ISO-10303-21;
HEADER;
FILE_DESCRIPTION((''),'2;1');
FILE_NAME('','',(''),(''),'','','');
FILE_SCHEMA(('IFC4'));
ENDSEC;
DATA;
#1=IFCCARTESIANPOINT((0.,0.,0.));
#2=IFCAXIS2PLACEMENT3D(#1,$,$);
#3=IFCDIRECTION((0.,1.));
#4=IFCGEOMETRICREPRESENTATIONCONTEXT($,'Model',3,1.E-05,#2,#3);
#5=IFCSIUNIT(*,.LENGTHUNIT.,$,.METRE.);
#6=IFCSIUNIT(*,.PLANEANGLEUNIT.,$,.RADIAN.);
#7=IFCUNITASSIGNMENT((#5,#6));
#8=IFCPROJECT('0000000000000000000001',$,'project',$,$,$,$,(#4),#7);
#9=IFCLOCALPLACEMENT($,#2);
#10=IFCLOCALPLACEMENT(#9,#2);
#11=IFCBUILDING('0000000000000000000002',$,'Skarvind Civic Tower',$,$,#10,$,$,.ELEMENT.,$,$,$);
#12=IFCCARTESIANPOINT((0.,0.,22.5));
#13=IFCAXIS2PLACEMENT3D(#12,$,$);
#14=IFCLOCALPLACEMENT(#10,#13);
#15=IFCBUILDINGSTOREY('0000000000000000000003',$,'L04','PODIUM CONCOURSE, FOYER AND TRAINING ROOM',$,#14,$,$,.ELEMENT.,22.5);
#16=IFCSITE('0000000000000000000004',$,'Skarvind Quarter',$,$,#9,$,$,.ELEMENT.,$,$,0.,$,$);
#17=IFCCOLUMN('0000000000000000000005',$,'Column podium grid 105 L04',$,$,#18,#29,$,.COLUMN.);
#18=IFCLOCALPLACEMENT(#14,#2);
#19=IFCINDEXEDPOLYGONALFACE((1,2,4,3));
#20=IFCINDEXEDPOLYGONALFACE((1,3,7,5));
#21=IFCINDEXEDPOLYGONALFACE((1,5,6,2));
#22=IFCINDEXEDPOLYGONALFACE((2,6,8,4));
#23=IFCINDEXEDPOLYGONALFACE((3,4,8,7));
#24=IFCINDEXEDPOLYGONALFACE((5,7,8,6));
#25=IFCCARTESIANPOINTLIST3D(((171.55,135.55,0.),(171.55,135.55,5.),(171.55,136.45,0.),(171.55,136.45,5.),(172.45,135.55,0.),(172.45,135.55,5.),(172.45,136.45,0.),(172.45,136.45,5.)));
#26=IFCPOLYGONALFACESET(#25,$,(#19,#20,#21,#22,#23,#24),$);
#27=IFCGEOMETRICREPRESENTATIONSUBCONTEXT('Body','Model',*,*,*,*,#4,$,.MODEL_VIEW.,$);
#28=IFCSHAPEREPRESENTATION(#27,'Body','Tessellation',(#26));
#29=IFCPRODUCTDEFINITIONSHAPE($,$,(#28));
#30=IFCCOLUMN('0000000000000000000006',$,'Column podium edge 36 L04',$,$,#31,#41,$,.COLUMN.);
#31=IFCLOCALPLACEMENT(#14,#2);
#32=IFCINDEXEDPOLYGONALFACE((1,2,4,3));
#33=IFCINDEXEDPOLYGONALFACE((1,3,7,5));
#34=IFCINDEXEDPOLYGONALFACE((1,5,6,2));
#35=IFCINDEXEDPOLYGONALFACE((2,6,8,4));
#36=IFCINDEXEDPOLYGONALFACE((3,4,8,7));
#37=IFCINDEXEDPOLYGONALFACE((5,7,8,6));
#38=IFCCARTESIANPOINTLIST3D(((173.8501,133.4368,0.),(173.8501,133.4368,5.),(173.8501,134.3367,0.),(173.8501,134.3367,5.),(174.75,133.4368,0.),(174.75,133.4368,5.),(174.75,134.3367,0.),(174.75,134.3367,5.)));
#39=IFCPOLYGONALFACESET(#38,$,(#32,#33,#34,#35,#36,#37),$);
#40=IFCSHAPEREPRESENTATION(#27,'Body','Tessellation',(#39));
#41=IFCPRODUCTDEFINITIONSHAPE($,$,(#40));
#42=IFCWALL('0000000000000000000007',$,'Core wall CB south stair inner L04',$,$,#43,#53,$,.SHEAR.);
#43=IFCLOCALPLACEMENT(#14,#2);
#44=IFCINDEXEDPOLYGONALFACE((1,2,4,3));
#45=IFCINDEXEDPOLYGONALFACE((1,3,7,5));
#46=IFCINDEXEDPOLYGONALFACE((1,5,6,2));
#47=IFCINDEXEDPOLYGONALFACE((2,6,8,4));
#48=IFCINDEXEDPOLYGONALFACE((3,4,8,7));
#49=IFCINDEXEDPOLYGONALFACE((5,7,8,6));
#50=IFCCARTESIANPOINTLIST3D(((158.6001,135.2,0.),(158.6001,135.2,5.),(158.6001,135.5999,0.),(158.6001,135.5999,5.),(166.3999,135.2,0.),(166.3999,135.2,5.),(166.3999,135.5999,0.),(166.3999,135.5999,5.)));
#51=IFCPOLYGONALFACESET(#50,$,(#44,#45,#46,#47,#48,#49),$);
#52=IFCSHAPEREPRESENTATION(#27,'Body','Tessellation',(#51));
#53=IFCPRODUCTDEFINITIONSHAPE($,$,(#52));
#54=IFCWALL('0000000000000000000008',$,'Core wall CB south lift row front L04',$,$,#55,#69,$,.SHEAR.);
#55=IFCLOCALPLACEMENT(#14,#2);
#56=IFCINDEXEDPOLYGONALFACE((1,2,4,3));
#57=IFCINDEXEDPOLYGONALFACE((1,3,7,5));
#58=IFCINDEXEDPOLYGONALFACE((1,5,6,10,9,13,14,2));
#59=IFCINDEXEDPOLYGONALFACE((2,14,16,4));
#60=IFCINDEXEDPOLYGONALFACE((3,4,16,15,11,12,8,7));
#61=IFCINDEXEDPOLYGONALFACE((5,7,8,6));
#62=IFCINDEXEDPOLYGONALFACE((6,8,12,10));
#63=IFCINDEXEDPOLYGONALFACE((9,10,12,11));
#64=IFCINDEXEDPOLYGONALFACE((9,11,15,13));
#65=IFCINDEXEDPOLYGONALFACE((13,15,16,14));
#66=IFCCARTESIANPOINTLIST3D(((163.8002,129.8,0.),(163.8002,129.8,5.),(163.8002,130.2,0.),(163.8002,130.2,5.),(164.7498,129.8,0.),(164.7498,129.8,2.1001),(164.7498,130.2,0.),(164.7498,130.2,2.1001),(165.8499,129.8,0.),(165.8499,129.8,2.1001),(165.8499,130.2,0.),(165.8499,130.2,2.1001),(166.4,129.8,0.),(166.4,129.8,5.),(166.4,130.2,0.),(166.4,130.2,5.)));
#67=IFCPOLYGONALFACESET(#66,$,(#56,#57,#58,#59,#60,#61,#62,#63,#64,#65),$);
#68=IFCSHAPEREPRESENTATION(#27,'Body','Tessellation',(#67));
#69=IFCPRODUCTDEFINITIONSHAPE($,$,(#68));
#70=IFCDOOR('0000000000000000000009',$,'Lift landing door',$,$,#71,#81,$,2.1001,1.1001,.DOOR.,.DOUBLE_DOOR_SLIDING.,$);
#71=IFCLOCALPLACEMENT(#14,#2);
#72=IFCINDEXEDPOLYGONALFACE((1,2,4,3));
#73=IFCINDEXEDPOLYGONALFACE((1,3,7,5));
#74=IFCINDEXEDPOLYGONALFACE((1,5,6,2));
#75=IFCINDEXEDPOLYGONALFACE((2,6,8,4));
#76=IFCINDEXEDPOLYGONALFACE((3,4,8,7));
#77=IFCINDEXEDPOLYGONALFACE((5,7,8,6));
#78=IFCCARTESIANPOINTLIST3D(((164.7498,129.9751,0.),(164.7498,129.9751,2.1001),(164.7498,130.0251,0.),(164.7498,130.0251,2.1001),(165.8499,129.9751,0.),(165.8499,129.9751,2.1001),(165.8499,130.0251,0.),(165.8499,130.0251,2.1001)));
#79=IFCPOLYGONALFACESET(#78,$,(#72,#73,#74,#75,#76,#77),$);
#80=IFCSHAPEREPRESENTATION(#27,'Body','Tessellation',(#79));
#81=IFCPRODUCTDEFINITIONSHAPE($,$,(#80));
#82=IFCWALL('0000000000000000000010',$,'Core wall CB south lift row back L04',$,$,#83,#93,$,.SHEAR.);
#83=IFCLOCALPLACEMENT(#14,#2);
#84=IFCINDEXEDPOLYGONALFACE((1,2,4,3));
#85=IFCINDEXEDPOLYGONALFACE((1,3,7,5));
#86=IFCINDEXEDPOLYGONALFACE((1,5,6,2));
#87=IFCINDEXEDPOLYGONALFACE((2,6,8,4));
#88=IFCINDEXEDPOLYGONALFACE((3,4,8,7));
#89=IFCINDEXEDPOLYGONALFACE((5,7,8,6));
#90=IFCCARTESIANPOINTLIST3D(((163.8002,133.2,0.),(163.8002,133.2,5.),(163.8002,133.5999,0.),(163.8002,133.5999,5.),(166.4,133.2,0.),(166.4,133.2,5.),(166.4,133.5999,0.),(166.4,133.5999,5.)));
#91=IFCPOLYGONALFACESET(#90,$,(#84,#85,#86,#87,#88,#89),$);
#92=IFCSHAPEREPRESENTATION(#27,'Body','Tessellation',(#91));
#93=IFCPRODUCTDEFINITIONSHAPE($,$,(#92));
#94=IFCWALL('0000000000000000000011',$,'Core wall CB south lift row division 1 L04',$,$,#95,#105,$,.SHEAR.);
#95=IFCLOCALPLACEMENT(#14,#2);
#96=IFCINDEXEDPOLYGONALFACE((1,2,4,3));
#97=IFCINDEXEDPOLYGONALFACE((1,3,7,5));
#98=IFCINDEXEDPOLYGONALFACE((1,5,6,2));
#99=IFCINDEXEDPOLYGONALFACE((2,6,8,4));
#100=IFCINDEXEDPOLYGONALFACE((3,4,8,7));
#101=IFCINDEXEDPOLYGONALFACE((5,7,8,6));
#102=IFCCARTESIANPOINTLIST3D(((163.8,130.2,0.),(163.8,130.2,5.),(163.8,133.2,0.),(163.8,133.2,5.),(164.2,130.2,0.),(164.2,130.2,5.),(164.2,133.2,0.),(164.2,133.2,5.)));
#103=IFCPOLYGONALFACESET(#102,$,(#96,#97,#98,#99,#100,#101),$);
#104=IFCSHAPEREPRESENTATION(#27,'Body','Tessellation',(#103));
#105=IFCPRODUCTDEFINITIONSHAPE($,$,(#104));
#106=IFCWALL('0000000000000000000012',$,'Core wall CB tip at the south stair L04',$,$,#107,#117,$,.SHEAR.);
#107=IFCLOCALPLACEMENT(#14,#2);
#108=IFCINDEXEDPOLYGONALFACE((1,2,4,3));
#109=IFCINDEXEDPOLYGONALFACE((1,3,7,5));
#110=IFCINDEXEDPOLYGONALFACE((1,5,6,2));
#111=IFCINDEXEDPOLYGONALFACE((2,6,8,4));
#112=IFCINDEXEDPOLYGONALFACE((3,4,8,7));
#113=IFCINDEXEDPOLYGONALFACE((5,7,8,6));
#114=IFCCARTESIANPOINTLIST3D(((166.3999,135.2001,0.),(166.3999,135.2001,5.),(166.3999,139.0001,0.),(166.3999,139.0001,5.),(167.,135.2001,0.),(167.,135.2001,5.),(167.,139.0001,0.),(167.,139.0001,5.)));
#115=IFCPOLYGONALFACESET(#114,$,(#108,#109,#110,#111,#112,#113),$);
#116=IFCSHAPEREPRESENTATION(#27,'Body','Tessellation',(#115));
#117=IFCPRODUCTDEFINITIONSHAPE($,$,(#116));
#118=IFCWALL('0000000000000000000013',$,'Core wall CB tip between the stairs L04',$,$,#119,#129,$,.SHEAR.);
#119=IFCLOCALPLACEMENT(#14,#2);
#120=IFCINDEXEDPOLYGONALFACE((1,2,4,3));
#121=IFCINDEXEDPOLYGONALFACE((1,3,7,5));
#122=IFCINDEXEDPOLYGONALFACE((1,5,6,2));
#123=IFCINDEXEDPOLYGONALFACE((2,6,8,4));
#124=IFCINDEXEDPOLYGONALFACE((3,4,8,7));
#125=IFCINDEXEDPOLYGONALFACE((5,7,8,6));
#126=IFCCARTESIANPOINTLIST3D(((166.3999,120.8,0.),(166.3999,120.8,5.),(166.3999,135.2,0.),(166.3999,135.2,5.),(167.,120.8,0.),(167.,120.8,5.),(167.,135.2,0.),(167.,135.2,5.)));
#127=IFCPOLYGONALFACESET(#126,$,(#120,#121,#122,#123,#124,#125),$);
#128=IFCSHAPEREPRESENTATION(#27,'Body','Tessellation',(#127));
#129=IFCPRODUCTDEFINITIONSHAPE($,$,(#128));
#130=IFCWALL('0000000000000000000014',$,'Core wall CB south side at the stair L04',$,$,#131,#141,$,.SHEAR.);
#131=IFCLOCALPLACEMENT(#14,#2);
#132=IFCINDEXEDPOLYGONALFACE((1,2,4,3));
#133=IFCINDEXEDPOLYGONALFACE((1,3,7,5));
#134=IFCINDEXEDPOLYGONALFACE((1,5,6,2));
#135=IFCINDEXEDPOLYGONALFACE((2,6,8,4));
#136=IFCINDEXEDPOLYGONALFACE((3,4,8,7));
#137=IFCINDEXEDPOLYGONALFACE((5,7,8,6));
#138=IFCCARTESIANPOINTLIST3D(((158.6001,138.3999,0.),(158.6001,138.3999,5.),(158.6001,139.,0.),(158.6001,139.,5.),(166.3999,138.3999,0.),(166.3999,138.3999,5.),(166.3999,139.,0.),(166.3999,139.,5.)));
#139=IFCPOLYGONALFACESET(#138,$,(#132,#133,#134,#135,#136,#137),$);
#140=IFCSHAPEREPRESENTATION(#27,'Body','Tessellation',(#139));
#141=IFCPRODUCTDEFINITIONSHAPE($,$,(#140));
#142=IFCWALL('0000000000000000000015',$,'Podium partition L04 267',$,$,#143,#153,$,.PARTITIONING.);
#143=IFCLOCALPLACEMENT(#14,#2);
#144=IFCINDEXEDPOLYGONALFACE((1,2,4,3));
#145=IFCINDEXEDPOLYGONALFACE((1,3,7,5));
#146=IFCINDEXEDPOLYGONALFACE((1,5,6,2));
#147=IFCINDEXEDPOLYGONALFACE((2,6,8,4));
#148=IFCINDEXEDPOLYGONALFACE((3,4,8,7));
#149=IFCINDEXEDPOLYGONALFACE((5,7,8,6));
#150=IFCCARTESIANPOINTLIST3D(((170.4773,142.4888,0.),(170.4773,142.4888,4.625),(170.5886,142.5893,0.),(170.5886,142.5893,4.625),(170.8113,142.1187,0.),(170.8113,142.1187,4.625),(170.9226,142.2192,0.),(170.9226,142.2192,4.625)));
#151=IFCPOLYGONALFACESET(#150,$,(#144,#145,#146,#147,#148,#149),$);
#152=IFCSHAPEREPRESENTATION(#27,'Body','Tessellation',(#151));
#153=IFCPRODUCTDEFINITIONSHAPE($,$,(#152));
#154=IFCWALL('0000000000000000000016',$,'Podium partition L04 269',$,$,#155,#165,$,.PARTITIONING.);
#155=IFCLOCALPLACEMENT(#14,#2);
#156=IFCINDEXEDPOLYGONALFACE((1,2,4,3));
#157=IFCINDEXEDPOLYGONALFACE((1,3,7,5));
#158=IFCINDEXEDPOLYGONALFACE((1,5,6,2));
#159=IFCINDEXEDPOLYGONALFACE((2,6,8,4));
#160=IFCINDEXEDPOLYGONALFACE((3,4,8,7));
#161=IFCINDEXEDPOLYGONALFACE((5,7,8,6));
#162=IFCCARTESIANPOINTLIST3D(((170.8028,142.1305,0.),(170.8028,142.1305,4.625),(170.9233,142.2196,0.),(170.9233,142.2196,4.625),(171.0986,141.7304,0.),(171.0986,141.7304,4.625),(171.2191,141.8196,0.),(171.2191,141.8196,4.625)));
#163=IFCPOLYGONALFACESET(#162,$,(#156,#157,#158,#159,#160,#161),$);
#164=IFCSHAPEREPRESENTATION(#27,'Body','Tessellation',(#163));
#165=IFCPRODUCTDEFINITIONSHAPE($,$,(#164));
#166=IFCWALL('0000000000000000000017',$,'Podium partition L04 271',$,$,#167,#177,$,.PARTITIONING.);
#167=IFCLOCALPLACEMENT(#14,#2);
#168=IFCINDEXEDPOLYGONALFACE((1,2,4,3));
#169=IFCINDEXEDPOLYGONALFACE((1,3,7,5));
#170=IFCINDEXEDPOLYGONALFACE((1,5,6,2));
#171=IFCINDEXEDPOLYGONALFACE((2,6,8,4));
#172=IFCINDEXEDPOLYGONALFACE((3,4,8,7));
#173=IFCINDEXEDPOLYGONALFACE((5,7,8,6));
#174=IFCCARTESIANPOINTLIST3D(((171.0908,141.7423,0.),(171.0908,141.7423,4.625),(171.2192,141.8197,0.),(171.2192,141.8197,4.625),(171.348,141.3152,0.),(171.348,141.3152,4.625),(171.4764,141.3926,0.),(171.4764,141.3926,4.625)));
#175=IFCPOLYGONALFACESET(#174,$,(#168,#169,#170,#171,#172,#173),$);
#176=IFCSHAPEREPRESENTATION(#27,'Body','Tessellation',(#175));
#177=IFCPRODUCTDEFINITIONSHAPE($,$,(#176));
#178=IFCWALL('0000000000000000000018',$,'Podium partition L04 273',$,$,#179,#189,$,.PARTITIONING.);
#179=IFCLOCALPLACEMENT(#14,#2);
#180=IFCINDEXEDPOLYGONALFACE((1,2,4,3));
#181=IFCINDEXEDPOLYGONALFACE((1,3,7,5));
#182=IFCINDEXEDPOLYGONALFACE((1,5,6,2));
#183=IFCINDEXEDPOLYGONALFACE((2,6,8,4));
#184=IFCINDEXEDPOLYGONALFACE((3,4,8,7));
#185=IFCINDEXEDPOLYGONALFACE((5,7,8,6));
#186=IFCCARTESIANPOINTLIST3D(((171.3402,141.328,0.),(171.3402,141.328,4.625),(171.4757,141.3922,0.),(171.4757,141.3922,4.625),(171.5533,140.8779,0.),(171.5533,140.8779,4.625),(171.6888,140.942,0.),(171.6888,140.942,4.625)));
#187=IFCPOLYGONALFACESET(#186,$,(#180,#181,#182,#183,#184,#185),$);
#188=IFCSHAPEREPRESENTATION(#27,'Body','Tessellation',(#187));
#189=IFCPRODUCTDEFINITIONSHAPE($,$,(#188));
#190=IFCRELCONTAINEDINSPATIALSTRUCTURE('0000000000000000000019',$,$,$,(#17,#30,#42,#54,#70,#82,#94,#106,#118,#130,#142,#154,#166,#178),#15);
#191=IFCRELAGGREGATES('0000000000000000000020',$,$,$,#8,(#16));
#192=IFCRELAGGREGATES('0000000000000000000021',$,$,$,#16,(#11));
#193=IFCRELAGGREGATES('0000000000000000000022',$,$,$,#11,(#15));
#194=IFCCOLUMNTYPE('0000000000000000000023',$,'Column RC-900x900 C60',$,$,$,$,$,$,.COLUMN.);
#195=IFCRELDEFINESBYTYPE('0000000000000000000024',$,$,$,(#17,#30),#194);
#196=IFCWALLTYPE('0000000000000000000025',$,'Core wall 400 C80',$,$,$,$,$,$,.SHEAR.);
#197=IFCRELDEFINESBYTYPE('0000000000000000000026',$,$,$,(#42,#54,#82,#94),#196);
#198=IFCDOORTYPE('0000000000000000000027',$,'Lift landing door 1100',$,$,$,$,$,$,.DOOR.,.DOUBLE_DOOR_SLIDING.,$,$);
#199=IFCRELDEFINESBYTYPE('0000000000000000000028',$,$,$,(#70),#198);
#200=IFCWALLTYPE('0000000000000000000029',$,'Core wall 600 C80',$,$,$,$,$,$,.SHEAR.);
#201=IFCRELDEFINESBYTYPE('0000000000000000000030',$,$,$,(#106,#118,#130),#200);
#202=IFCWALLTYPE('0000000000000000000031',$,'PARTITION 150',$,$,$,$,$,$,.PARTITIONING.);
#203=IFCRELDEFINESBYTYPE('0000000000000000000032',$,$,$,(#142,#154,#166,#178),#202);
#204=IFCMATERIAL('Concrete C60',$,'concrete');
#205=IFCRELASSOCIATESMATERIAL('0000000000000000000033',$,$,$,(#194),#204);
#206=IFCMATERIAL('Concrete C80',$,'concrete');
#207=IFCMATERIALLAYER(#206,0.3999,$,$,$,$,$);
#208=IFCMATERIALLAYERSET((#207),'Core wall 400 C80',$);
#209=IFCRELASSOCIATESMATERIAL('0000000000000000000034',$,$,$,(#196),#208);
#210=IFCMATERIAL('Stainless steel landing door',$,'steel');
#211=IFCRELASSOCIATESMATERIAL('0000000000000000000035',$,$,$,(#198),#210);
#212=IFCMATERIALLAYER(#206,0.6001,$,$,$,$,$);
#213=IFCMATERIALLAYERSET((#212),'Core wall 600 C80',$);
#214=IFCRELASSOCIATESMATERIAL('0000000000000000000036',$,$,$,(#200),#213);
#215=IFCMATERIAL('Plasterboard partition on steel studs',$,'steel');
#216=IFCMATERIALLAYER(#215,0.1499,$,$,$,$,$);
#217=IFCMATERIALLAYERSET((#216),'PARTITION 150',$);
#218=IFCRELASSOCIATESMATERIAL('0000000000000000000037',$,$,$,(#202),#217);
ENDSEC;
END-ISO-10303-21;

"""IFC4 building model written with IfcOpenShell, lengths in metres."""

from ifc_helpers import new_model, si_unit, direction, frame, frame_2d, origin, origin_2d, place, context, subcontext, project, spatial, rectangle, extrude, material, layer, layer_set, material_profile, profile_set, type_object, element, fill, save


model = new_model("IFC4")

# Units and contexts
model_context = context("Model", 3, precision=1e-05, world=origin(), true_north=direction((0.0, 1.0)))
body_context = subcontext(model_context, "Body", "Model", "MODEL_VIEW")
ifc_project = project(units=[si_unit("LENGTHUNIT", "METRE"), si_unit("PLANEANGLEUNIT", "RADIAN")], contexts=[model_context])

# Site, building, storey
site_placement = place(None, origin())
site = spatial("IfcSite", under=ifc_project, at=site_placement, Name="Skarvind Quarter", CompositionType="ELEMENT", RefElevation=0.0)
building_placement = place(site_placement, origin())
building = spatial("IfcBuilding", under=site, at=building_placement, Name="Skarvind Civic Tower", CompositionType="ELEMENT")
storey_placement = place(building_placement, frame((0.0, 0.0, 22.5)))
storey = spatial("IfcBuildingStorey", under=building, at=storey_placement, Name="L04", Description="PODIUM CONCOURSE, FOYER AND TRAINING ROOM", CompositionType="ELEMENT", Elevation=22.5)

# Columns
ifc_material_1 = material(Name="Concrete C60", Category="concrete")
ifc_material_profile = material_profile(ifc_material_1, rectangle(XDim=0.8999, YDim=0.8999, at=origin_2d()), Name="RC-900x900")
ifc_profile_set = profile_set([ifc_material_profile], Name="Concrete C60")
column_type = type_object("IfcColumnType", Name="Column RC-900x900 C60", PredefinedType="COLUMN", material=ifc_profile_set)
for number, where, z_axis, x_axis, name in (
    (1, (172.0, 136.0, 0.0), (0.0, 0.0, 1.0), (1.0, 0.0, 0.0), "Column podium grid 105 L04"),
    (2, (174.3, 133.8867, 0.0), (0.0, 0.0, 1.0), (1.0, 0.0, 0.0), "Column podium edge 36 L04"),
):
    element("IfcColumn", number, at=place(storey_placement, frame(where, z_axis=z_axis, x_axis=x_axis)), inside=storey, type_object=column_type, Name=name, PredefinedType="COLUMN", context=body_context, shape_type="SweptSolid", body=[
        extrude(rectangle(XDim=0.8999, YDim=0.8999, at=origin_2d()), origin(), (0.0, 0.0, 1.0), 5.0),
    ])

# Wall
ifc_material_2 = material(Name="Concrete C80", Category="concrete")
ifc_layer_1 = layer(ifc_material_2, 0.3999)
ifc_layer_set_1 = layer_set([ifc_layer_1], Name="Core wall 400 C80")
wall_type_1 = type_object("IfcWallType", Name="Core wall 400 C80", PredefinedType="SHEAR", material=ifc_layer_set_1)
wall_1_placement = place(storey_placement, frame((166.3999, 135.3999, 0.0), z_axis=(0.0, 0.0, 1.0), x_axis=(-1.0, 0.0, 0.0)))
element("IfcWall", 3, at=wall_1_placement, inside=storey, type_object=wall_type_1, Name="Core wall CB south stair inner L04", PredefinedType="SHEAR", context=body_context, shape_type="SweptSolid", body=[
    extrude(rectangle(XDim=7.7998, YDim=0.3999, at=frame_2d((3.8999, 0.0))), origin(), (0.0, 0.0, 1.0), 5.0),
])

# Wall, opening, door
wall_2_placement = place(storey_placement, frame((166.3999, 130.0, 0.0), z_axis=(0.0, 0.0, 1.0), x_axis=(-1.0, 0.0, 0.0)))
wall_2 = element("IfcWall", 4, at=wall_2_placement, inside=storey, type_object=wall_type_1, Name="Core wall CB south lift row front L04", PredefinedType="SHEAR", context=body_context, shape_type="SweptSolid", body=[
    extrude(rectangle(XDim=2.5999, YDim=0.3999, at=frame_2d((1.2998, 0.0))), origin(), (0.0, 0.0, 1.0), 5.0),
])
opening_1_placement = place(wall_2_placement, frame((0.55, 0.0, 0.0)))
opening_1 = element("IfcOpeningElement", 5, at=opening_1_placement, cuts=wall_2, PredefinedType="OPENING", context=body_context, shape_type="SweptSolid", body=[
    extrude(rectangle(XDim=1.1001, YDim=2.1001, at=frame_2d((0.55, 1.05))), frame((0.0, 0.21, 0.0), z_axis=(0.0, -1.0, 0.0), x_axis=(1.0, 0.0, 0.0)), (0.0, 0.0, 1.0), 0.4199),
])
ifc_material_3 = material(Name="Stainless steel landing door", Category="steel")
door_type_1 = type_object("IfcDoorType", Name="Lift landing door 1100", OperationType="DOUBLE_DOOR_SLIDING", PredefinedType="DOOR", material=ifc_material_3)
door_1_placement = place(opening_1_placement, origin())
door_1 = element("IfcDoor", 6, at=door_1_placement, inside=storey, type_object=door_type_1, Name="Lift landing door", OperationType="DOUBLE_DOOR_SLIDING", OverallHeight=2.1001, OverallWidth=1.1001, PredefinedType="DOOR", context=body_context, shape_type="SweptSolid", body=[
    extrude(rectangle(XDim=1.1001, YDim=2.1001, at=frame_2d((0.55, 1.05))), frame((0.0, 0.0249, 0.0), z_axis=(0.0, -1.0, 0.0), x_axis=(1.0, 0.0, 0.0)), (0.0, 0.0, 1.0), 0.05),
])
fill(opening_1, door_1)

# Walls
wall_3_placement = place(storey_placement, frame((166.3999, 133.3999, 0.0), z_axis=(0.0, 0.0, 1.0), x_axis=(-1.0, 0.0, 0.0)))
element("IfcWall", 7, at=wall_3_placement, inside=storey, type_object=wall_type_1, Name="Core wall CB south lift row back L04", PredefinedType="SHEAR", context=body_context, shape_type="SweptSolid", body=[
    extrude(rectangle(XDim=2.5999, YDim=0.3999, at=frame_2d((1.2998, 0.0))), origin(), (0.0, 0.0, 1.0), 5.0),
])
wall_4_placement = place(storey_placement, frame((164.0, 133.2, 0.0), z_axis=(0.0, 0.0, 1.0), x_axis=(0.0, -1.0, 0.0)))
element("IfcWall", 8, at=wall_4_placement, inside=storey, type_object=wall_type_1, Name="Core wall CB south lift row division 1 L04", PredefinedType="SHEAR", context=body_context, shape_type="SweptSolid", body=[
    extrude(rectangle(XDim=3.0, YDim=0.3999, at=frame_2d((1.5, 0.0))), origin(), (0.0, 0.0, 1.0), 5.0),
])
ifc_layer_2 = layer(ifc_material_2, 0.6001)
ifc_layer_set_2 = layer_set([ifc_layer_2], Name="Core wall 600 C80")
wall_type_2 = type_object("IfcWallType", Name="Core wall 600 C80", PredefinedType="SHEAR", material=ifc_layer_set_2)
wall_5_placement = place(storey_placement, frame((166.7, 139.0, 0.0), z_axis=(0.0, 0.0, 1.0), x_axis=(0.0, -1.0, 0.0)))
element("IfcWall", 9, at=wall_5_placement, inside=storey, type_object=wall_type_2, Name="Core wall CB tip at the south stair L04", PredefinedType="SHEAR", context=body_context, shape_type="SweptSolid", body=[
    extrude(rectangle(XDim=3.8, YDim=0.6001, at=frame_2d((1.8999, 0.0))), origin(), (0.0, 0.0, 1.0), 5.0),
])
wall_6_placement = place(storey_placement, frame((166.7, 135.2, 0.0), z_axis=(0.0, 0.0, 1.0), x_axis=(0.0, -1.0, 0.0)))
element("IfcWall", 10, at=wall_6_placement, inside=storey, type_object=wall_type_2, Name="Core wall CB tip between the stairs L04", PredefinedType="SHEAR", context=body_context, shape_type="SweptSolid", body=[
    extrude(rectangle(XDim=14.3999, YDim=0.6001, at=frame_2d((7.2, 0.0))), origin(), (0.0, 0.0, 1.0), 5.0),
])
wall_7_placement = place(storey_placement, frame((166.3999, 138.7, 0.0), z_axis=(0.0, 0.0, 1.0), x_axis=(-1.0, 0.0, 0.0)))
element("IfcWall", 11, at=wall_7_placement, inside=storey, type_object=wall_type_2, Name="Core wall CB south side at the stair L04", PredefinedType="SHEAR", context=body_context, shape_type="SweptSolid", body=[
    extrude(rectangle(XDim=7.7998, YDim=0.6001, at=frame_2d((3.8999, 0.0))), origin(), (0.0, 0.0, 1.0), 5.0),
])
ifc_material_4 = material(Name="Plasterboard partition on steel studs", Category="steel")
ifc_layer_3 = layer(ifc_material_4, 0.1499)
ifc_layer_set_3 = layer_set([ifc_layer_3], Name="PARTITION 150")
wall_type_3 = type_object("IfcWallType", Name="PARTITION 150", PredefinedType="PARTITIONING", material=ifc_layer_set_3)
wall_8_placement = place(storey_placement, frame((170.533, 142.5391, 0.0), z_axis=(0.0, 0.0, 1.0), x_axis=(0.669938, -0.742417, 0.0)))
element("IfcWall", 12, at=wall_8_placement, inside=storey, type_object=wall_type_3, Name="Podium partition L04 267", PredefinedType="PARTITIONING", context=body_context, shape_type="SweptSolid", body=[
    extrude(rectangle(XDim=0.4985, YDim=0.1499, at=frame_2d((0.2493, 0.0))), origin(), (0.0, 0.0, 1.0), 4.625),
])
wall_9_placement = place(storey_placement, frame((170.863, 142.175, 0.0), z_axis=(0.0, 0.0, 1.0), x_axis=(0.59457, -0.804044, 0.0)))
element("IfcWall", 13, at=wall_9_placement, inside=storey, type_object=wall_type_3, Name="Podium partition L04 269", PredefinedType="PARTITIONING", context=body_context, shape_type="SweptSolid", body=[
    extrude(rectangle(XDim=0.4976, YDim=0.1499, at=frame_2d((0.2488, 0.0))), origin(), (0.0, 0.0, 1.0), 4.625),
])
wall_10_placement = place(storey_placement, frame((171.155, 141.781, 0.0), z_axis=(0.0, 0.0, 1.0), x_axis=(0.515792, -0.856714, 0.0)))
element("IfcWall", 14, at=wall_10_placement, inside=storey, type_object=wall_type_3, Name="Podium partition L04 271", PredefinedType="PARTITIONING", context=body_context, shape_type="SweptSolid", body=[
    extrude(rectangle(XDim=0.4985, YDim=0.1499, at=frame_2d((0.2493, 0.0))), origin(), (0.0, 0.0, 1.0), 4.625),
])
for number, where, z_axis, x_axis, name in (
    (15, (171.408, 141.3601, 0.0), (0.0, 0.0, 1.0), (0.427897, -0.903828, 0.0), "Podium partition L04 273"),
):
    element("IfcWall", number, at=place(storey_placement, frame(where, z_axis=z_axis, x_axis=x_axis)), inside=storey, type_object=wall_type_3, Name=name, PredefinedType="PARTITIONING", context=body_context, shape_type="SweptSolid", body=[
        extrude(rectangle(XDim=0.498, YDim=0.1499, at=frame_2d((0.249, 0.0))), origin(), (0.0, 0.0, 1.0), 4.625),
    ])

save(model, "model.ifc")
